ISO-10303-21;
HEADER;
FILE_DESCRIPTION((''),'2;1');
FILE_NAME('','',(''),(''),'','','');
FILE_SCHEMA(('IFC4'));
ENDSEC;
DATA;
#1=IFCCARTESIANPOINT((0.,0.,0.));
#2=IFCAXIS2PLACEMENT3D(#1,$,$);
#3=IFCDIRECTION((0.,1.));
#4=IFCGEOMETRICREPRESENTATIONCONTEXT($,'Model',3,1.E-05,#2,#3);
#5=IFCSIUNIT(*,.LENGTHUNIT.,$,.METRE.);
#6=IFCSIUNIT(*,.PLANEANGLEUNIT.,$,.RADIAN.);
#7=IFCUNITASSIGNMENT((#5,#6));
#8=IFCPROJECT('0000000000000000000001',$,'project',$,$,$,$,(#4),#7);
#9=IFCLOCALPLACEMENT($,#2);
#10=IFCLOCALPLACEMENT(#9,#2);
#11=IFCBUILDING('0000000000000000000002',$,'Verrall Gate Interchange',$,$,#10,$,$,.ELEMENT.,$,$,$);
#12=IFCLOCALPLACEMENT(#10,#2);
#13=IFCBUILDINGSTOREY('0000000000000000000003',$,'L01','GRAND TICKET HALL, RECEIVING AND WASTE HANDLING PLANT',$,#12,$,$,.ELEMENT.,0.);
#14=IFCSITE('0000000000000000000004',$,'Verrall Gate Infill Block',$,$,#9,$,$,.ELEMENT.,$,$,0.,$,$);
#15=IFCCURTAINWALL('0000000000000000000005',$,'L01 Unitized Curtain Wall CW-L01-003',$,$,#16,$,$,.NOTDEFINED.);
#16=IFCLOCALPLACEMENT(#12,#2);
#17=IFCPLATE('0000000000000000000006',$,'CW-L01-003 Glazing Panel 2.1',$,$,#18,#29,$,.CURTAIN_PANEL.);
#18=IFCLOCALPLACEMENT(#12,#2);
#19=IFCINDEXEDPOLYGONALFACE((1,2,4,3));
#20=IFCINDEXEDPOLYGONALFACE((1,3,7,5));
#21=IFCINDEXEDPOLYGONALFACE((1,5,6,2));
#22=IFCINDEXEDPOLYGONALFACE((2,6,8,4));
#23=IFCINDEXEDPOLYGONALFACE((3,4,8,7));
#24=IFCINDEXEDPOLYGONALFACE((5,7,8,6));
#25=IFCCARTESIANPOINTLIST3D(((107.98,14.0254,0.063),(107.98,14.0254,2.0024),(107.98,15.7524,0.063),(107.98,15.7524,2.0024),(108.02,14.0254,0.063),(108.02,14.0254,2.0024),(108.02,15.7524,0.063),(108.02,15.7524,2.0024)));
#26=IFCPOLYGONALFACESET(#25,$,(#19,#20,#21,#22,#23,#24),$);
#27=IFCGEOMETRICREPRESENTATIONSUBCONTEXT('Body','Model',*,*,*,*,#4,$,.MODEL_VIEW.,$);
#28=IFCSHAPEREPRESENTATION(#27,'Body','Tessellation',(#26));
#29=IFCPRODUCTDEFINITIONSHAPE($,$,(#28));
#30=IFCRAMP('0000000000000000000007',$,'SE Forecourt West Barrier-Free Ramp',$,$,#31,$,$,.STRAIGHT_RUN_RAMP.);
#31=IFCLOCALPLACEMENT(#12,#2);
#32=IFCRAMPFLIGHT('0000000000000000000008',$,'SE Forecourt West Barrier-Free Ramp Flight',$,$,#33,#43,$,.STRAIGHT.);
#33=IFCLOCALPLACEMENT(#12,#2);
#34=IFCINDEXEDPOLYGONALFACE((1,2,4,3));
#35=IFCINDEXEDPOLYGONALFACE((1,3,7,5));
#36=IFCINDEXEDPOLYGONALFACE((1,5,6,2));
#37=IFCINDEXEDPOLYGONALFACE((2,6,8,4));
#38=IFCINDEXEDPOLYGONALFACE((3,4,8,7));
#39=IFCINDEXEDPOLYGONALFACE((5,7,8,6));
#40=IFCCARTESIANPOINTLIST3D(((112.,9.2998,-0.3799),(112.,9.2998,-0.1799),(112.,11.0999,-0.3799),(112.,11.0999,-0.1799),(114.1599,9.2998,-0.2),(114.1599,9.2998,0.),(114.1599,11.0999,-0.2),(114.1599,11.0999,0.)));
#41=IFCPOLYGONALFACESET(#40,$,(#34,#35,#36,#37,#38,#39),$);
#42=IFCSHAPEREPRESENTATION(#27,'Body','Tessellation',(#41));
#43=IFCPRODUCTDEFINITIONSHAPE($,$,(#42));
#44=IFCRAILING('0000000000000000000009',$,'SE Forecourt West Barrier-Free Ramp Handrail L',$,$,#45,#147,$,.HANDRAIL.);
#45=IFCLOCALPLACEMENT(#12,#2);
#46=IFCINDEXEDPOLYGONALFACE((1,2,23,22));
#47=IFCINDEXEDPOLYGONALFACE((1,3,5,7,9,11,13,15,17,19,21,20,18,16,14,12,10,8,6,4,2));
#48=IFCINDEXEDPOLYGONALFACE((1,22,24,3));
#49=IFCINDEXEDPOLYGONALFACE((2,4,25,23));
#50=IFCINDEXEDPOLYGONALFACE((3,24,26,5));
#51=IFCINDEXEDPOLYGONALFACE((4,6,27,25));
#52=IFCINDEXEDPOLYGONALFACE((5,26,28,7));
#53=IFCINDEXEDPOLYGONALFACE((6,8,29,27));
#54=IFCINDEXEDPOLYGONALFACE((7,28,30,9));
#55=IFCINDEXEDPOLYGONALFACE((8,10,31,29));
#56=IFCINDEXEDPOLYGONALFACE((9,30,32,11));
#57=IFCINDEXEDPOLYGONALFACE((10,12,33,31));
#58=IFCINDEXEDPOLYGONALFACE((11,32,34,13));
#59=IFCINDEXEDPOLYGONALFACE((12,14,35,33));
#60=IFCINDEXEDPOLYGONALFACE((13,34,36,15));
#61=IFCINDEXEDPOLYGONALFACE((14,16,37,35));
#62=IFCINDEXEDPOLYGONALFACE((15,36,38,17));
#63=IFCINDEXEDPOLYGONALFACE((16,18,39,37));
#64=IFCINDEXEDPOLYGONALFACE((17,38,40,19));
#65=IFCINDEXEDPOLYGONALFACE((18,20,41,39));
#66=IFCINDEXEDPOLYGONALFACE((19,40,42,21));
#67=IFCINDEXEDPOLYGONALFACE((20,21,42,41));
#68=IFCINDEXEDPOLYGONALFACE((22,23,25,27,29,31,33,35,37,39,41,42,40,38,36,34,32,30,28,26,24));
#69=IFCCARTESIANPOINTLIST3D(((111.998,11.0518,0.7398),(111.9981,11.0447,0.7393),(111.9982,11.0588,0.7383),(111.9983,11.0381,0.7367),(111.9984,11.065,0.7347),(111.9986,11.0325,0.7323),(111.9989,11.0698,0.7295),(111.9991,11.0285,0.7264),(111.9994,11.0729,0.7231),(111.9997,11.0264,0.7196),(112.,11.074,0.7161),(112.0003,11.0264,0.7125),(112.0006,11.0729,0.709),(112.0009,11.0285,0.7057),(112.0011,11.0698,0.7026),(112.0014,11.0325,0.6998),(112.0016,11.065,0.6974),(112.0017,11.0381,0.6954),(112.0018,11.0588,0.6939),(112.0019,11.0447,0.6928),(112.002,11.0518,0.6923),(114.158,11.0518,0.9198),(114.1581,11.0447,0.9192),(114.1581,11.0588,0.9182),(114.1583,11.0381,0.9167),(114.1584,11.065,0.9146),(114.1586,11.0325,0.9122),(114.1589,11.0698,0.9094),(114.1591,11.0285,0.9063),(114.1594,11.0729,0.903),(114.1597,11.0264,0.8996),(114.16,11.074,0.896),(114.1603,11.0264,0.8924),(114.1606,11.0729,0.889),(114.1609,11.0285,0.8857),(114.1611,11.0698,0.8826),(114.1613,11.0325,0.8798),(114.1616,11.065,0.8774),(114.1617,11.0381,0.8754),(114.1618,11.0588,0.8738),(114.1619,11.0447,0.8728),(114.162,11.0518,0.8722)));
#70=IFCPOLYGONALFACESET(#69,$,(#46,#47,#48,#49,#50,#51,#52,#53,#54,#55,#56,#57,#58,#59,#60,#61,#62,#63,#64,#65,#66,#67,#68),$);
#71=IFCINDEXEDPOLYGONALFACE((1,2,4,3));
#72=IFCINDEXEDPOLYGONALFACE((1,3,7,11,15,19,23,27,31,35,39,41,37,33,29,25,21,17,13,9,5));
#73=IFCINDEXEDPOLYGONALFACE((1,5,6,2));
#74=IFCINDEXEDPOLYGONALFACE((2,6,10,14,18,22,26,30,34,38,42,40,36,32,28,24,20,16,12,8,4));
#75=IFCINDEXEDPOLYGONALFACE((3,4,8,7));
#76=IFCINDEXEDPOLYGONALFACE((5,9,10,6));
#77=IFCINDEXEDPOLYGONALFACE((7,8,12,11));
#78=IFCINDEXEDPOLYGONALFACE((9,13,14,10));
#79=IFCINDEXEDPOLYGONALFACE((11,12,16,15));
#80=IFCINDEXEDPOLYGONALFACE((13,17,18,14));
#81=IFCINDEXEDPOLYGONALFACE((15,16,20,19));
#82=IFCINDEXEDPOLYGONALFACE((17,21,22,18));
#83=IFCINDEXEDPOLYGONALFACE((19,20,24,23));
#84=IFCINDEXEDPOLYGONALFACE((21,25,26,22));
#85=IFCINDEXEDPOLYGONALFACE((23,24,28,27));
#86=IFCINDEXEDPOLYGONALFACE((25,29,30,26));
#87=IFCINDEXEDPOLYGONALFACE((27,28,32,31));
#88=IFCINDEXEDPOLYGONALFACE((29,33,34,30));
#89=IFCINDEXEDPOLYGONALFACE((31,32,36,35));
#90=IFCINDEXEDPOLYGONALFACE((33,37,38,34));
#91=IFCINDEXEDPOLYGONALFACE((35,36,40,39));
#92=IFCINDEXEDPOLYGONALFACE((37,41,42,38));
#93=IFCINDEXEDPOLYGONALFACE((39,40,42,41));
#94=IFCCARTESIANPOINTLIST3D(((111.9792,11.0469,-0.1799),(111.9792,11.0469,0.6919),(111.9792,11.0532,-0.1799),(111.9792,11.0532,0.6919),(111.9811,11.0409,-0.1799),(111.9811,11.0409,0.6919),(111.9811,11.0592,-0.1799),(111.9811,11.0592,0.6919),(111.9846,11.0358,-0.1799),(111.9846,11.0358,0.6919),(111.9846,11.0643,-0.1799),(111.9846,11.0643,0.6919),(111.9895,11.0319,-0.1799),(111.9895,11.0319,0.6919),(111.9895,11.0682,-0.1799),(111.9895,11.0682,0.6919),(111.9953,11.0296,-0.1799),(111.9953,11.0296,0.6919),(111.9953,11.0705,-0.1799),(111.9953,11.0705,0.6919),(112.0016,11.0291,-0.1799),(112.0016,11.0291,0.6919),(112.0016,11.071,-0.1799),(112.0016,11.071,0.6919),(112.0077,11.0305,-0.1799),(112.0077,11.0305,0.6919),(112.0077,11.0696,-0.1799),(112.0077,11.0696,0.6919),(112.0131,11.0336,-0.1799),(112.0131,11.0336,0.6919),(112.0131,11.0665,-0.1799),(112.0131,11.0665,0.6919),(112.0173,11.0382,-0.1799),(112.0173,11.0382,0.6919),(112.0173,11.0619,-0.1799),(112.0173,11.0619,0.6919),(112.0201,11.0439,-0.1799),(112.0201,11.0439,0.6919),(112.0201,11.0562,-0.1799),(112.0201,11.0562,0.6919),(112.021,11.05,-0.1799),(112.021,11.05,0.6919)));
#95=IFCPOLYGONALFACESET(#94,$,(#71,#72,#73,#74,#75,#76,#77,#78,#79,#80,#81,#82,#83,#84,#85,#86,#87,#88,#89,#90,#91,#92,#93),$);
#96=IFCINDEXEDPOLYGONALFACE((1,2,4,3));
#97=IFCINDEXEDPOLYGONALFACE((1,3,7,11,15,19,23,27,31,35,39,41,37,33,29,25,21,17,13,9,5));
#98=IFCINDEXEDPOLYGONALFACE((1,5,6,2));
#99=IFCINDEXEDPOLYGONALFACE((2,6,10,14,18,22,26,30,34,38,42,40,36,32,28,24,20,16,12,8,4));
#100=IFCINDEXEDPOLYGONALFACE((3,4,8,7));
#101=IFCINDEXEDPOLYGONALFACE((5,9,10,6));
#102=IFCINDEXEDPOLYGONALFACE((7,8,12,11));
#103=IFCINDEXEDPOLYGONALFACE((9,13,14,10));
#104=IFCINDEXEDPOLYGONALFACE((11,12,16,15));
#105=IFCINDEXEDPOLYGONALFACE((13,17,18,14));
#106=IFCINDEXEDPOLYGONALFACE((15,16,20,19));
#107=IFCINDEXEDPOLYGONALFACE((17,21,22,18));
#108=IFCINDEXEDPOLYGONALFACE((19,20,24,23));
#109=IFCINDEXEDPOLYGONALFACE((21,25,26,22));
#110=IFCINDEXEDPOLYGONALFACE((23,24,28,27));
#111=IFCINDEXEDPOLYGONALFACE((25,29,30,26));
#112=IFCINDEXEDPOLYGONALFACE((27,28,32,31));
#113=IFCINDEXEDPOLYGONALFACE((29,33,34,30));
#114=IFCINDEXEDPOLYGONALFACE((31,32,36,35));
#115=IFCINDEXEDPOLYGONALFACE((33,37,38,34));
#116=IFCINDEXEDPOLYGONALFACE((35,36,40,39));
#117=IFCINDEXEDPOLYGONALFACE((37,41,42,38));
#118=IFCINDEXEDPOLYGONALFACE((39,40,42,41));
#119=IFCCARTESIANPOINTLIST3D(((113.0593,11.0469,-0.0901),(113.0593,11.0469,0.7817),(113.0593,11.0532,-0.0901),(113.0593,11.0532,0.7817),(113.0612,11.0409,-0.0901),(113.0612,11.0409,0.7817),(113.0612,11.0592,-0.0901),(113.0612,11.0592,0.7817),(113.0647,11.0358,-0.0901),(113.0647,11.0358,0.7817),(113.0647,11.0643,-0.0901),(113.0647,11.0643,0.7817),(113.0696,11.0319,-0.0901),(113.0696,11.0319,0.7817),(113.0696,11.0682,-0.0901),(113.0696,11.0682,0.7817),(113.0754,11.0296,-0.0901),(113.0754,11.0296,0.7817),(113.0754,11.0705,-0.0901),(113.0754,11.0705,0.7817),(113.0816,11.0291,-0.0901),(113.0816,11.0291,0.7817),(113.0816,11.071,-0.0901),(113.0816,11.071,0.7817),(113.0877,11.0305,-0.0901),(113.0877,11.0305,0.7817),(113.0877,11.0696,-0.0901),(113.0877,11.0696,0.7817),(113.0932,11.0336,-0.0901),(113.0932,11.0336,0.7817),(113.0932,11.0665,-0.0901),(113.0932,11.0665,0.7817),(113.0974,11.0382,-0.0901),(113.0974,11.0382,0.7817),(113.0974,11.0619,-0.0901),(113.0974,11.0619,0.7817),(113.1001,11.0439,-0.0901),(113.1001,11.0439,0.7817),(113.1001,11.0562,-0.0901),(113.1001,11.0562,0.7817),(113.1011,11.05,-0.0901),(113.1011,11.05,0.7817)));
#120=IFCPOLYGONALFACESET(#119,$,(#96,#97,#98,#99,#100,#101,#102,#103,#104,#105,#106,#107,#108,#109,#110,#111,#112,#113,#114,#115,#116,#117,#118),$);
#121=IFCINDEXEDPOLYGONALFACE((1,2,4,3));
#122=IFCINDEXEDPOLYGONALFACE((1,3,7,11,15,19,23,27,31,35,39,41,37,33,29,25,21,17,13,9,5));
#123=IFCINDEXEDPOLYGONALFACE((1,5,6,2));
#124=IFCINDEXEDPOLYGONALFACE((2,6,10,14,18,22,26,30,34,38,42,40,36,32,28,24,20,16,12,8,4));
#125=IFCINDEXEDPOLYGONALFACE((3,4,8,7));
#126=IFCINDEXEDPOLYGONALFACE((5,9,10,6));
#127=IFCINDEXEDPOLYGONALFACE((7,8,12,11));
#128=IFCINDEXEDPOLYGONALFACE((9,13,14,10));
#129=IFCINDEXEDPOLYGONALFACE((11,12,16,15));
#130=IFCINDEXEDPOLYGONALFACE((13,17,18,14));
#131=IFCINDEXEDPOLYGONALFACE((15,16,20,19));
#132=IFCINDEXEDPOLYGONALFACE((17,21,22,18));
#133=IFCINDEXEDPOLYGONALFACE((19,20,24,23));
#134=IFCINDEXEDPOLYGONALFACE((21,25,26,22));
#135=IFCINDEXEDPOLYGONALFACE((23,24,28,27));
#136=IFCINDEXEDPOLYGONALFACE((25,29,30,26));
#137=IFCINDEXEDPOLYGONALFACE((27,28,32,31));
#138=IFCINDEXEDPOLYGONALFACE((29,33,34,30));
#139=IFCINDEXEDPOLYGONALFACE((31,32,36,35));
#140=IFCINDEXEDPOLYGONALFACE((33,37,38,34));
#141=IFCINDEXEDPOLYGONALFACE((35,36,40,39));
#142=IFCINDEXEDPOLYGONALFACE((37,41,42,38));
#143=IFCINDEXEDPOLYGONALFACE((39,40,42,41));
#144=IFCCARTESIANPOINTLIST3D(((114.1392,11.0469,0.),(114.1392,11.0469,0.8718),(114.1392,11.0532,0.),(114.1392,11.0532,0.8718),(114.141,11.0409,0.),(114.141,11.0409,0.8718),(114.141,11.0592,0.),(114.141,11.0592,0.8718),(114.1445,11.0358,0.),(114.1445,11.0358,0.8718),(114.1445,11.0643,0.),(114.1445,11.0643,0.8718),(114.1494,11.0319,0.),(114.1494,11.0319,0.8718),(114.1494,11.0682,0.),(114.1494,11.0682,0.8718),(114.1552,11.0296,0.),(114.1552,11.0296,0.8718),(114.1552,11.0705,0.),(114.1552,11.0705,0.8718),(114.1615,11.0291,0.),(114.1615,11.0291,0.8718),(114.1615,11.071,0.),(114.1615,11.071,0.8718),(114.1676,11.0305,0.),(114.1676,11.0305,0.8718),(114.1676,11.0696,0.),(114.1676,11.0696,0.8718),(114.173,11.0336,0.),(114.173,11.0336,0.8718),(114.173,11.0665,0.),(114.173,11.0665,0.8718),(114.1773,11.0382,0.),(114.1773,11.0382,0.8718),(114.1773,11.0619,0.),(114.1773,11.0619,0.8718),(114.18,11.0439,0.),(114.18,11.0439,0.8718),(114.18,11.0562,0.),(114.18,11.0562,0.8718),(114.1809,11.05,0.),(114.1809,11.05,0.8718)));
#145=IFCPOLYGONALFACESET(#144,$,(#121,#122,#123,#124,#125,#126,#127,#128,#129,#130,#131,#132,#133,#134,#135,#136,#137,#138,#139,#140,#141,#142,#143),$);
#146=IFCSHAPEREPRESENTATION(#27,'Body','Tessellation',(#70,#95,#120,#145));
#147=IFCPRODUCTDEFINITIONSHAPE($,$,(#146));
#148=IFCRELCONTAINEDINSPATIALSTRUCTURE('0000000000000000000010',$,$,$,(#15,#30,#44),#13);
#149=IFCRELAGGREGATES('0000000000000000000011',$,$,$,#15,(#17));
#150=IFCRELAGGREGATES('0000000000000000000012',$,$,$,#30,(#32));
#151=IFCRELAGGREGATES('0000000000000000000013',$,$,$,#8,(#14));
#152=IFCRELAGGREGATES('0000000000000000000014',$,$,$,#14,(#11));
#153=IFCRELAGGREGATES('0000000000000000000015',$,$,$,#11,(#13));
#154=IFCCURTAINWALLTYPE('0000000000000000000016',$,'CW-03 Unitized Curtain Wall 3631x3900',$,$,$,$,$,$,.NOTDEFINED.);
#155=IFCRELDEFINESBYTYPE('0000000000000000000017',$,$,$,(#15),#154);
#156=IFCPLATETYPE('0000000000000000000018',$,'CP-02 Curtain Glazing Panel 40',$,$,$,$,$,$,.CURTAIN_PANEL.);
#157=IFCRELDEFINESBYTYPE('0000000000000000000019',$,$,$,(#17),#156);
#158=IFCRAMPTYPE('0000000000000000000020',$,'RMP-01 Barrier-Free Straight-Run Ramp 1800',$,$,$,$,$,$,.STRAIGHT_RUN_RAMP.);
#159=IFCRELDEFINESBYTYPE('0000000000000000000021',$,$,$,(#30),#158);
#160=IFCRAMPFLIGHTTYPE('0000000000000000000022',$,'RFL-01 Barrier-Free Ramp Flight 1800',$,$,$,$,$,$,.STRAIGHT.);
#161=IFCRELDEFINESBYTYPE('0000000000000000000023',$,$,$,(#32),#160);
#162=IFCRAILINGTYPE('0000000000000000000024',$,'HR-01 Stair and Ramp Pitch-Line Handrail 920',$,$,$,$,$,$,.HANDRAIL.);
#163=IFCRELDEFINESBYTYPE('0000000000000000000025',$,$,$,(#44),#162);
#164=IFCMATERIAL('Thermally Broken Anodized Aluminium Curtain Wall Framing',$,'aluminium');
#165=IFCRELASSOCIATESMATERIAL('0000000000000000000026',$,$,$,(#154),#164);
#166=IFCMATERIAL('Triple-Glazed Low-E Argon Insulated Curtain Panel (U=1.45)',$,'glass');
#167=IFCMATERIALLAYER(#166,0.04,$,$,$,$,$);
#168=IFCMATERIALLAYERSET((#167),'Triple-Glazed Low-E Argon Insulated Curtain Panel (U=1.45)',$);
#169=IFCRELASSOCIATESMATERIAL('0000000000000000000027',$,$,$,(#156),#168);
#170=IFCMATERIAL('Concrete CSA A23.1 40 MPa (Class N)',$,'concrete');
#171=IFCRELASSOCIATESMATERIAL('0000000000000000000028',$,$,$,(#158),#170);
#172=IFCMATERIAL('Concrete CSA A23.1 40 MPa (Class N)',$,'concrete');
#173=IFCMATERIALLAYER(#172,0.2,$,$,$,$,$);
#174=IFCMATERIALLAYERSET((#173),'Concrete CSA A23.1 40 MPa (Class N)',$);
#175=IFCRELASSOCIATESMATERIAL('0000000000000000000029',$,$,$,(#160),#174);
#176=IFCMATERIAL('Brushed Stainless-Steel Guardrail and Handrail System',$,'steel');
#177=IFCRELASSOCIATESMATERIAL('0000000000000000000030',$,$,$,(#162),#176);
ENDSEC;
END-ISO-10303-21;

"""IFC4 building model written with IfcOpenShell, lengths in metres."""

from ifc_helpers import new_model, si_unit, direction, frame, origin, origin_2d, place, context, subcontext, project, spatial, polyline, rectangle, circle, outline, extrude, material, layer, layer_set, type_object, element, aggregate, save


model = new_model("IFC4")

# Units and contexts
model_context = context("Model", 3, precision=1e-05, world=origin(), true_north=direction((0.0, 1.0)))
body_context = subcontext(model_context, "Body", "Model", "MODEL_VIEW")
ifc_project = project(units=[si_unit("LENGTHUNIT", "METRE"), si_unit("PLANEANGLEUNIT", "RADIAN")], contexts=[model_context])

# Site, building, storey
site_placement = place(None, origin())
site = spatial("IfcSite", under=ifc_project, at=site_placement, Name="Verrall Gate Infill Block", CompositionType="ELEMENT", RefElevation=0.0)
building_placement = place(site_placement, origin())
building = spatial("IfcBuilding", under=site, at=building_placement, Name="Verrall Gate Interchange", CompositionType="ELEMENT")
storey_placement = place(building_placement, origin())
storey = spatial("IfcBuildingStorey", under=building, at=storey_placement, Name="L01", Description="GRAND TICKET HALL, RECEIVING AND WASTE HANDLING PLANT", CompositionType="ELEMENT", Elevation=0.0)

# Curtain wall
ifc_material_1 = material(Name="Thermally Broken Anodized Aluminium Curtain Wall Framing", Category="aluminium")
curtain_wall_type_1 = type_object("IfcCurtainWallType", Name="CW-03 Unitized Curtain Wall 3631x3900", PredefinedType="NOTDEFINED", material=ifc_material_1)
curtain_wall_1_placement = place(storey_placement, origin())
curtain_wall_1 = element("IfcCurtainWall", 1, at=curtain_wall_1_placement, inside=storey, type_object=curtain_wall_type_1, Name="L01 Unitized Curtain Wall CW-L01-003", PredefinedType="NOTDEFINED")

# Plate
ifc_material_2 = material(Name="Triple-Glazed Low-E Argon Insulated Curtain Panel (U=1.45)", Category="glass")
ifc_layer_1 = layer(ifc_material_2, 0.04)
ifc_layer_set_1 = layer_set([ifc_layer_1], Name="Triple-Glazed Low-E Argon Insulated Curtain Panel (U=1.45)")
plate_type_1 = type_object("IfcPlateType", Name="CP-02 Curtain Glazing Panel 40", PredefinedType="CURTAIN_PANEL", material=ifc_layer_set_1)
plate_1_placement = place(storey_placement, frame((108.0, 14.8889, 0.063), z_axis=(0.0, 0.0, 1.0), x_axis=(0.0, 1.0, 0.0)))
plate_1 = element("IfcPlate", 2, at=plate_1_placement, type_object=plate_type_1, Name="CW-L01-003 Glazing Panel 2.1", PredefinedType="CURTAIN_PANEL", context=body_context, shape_type="SweptSolid", body=[
    extrude(rectangle(XDim=1.7271, YDim=0.04, at=origin_2d()), origin(), (0.0, 0.0, 1.0), 1.9395),
])
aggregate(curtain_wall_1, [plate_1])

# Ramp, ramp flight
ifc_material_3 = material(Name="Concrete CSA A23.1 40 MPa (Class N)", Category="concrete")
ramp_type = type_object("IfcRampType", Name="RMP-01 Barrier-Free Straight-Run Ramp 1800", PredefinedType="STRAIGHT_RUN_RAMP", material=ifc_material_3)
ramp_placement = place(storey_placement, origin())
ramp = element("IfcRamp", 3, at=ramp_placement, inside=storey, type_object=ramp_type, Name="SE Forecourt West Barrier-Free Ramp", PredefinedType="STRAIGHT_RUN_RAMP")
ifc_material_4 = material(Name="Concrete CSA A23.1 40 MPa (Class N)", Category="concrete")
ifc_layer_2 = layer(ifc_material_4, 0.2)
ifc_layer_set_2 = layer_set([ifc_layer_2], Name="Concrete CSA A23.1 40 MPa (Class N)")
ramp_flight_type = type_object("IfcRampFlightType", Name="RFL-01 Barrier-Free Ramp Flight 1800", PredefinedType="STRAIGHT", material=ifc_layer_set_2)
ramp_flight_placement = place(storey_placement, frame((112.0, 10.2, -0.1799), z_axis=(0.0, 0.0, 1.0), x_axis=(1.0, 0.0, 0.0)))
ramp_flight = element("IfcRampFlight", 4, at=ramp_flight_placement, type_object=ramp_flight_type, Name="SE Forecourt West Barrier-Free Ramp Flight", PredefinedType="STRAIGHT", context=body_context, shape_type="SweptSolid", body=[
    extrude(outline(polyline([(0.0, -0.2), (0.0, 0.0), (2.1599, 0.1799), (2.1599, -0.02), (0.0, -0.2)])), frame((0.0, 0.8999, 0.0), z_axis=(0.0, -1.0, 0.0), x_axis=(1.0, 0.0, 0.0)), (0.0, 0.0, 1.0), 1.8),
])
aggregate(ramp, [ramp_flight])

# Railing
ifc_material_5 = material(Name="Brushed Stainless-Steel Guardrail and Handrail System", Category="steel")
railing_type = type_object("IfcRailingType", Name="HR-01 Stair and Ramp Pitch-Line Handrail 920", PredefinedType="HANDRAIL", material=ifc_material_5)
for number, where, name in (
    (5, (112.0, 11.05, -0.1799), "SE Forecourt West Barrier-Free Ramp Handrail L"),
):
    element("IfcRailing", number, at=place(storey_placement, frame(where)), inside=storey, type_object=railing_type, Name=name, PredefinedType="HANDRAIL", context=body_context, shape_type="SweptSolid", body=[
        extrude(circle(Radius=0.0239, at=origin_2d()), frame((0.0, 0.0, 0.896), z_axis=(0.996548, 0.0, 0.083018), x_axis=(0.0, 1.0, 0.0)), (0.0, 0.0, 1.0), 2.1675),
        extrude(circle(Radius=0.021, at=origin_2d()), origin(), (0.0, 0.0, 1.0), 0.8718),
        extrude(circle(Radius=0.021, at=origin_2d()), frame((1.0801, 0.0, 0.0898)), (0.0, 0.0, 1.0), 0.8718),
        extrude(circle(Radius=0.021, at=origin_2d()), frame((2.1599, 0.0, 0.1799)), (0.0, 0.0, 1.0), 0.8718),
    ])

save(model, "model.ifc")
